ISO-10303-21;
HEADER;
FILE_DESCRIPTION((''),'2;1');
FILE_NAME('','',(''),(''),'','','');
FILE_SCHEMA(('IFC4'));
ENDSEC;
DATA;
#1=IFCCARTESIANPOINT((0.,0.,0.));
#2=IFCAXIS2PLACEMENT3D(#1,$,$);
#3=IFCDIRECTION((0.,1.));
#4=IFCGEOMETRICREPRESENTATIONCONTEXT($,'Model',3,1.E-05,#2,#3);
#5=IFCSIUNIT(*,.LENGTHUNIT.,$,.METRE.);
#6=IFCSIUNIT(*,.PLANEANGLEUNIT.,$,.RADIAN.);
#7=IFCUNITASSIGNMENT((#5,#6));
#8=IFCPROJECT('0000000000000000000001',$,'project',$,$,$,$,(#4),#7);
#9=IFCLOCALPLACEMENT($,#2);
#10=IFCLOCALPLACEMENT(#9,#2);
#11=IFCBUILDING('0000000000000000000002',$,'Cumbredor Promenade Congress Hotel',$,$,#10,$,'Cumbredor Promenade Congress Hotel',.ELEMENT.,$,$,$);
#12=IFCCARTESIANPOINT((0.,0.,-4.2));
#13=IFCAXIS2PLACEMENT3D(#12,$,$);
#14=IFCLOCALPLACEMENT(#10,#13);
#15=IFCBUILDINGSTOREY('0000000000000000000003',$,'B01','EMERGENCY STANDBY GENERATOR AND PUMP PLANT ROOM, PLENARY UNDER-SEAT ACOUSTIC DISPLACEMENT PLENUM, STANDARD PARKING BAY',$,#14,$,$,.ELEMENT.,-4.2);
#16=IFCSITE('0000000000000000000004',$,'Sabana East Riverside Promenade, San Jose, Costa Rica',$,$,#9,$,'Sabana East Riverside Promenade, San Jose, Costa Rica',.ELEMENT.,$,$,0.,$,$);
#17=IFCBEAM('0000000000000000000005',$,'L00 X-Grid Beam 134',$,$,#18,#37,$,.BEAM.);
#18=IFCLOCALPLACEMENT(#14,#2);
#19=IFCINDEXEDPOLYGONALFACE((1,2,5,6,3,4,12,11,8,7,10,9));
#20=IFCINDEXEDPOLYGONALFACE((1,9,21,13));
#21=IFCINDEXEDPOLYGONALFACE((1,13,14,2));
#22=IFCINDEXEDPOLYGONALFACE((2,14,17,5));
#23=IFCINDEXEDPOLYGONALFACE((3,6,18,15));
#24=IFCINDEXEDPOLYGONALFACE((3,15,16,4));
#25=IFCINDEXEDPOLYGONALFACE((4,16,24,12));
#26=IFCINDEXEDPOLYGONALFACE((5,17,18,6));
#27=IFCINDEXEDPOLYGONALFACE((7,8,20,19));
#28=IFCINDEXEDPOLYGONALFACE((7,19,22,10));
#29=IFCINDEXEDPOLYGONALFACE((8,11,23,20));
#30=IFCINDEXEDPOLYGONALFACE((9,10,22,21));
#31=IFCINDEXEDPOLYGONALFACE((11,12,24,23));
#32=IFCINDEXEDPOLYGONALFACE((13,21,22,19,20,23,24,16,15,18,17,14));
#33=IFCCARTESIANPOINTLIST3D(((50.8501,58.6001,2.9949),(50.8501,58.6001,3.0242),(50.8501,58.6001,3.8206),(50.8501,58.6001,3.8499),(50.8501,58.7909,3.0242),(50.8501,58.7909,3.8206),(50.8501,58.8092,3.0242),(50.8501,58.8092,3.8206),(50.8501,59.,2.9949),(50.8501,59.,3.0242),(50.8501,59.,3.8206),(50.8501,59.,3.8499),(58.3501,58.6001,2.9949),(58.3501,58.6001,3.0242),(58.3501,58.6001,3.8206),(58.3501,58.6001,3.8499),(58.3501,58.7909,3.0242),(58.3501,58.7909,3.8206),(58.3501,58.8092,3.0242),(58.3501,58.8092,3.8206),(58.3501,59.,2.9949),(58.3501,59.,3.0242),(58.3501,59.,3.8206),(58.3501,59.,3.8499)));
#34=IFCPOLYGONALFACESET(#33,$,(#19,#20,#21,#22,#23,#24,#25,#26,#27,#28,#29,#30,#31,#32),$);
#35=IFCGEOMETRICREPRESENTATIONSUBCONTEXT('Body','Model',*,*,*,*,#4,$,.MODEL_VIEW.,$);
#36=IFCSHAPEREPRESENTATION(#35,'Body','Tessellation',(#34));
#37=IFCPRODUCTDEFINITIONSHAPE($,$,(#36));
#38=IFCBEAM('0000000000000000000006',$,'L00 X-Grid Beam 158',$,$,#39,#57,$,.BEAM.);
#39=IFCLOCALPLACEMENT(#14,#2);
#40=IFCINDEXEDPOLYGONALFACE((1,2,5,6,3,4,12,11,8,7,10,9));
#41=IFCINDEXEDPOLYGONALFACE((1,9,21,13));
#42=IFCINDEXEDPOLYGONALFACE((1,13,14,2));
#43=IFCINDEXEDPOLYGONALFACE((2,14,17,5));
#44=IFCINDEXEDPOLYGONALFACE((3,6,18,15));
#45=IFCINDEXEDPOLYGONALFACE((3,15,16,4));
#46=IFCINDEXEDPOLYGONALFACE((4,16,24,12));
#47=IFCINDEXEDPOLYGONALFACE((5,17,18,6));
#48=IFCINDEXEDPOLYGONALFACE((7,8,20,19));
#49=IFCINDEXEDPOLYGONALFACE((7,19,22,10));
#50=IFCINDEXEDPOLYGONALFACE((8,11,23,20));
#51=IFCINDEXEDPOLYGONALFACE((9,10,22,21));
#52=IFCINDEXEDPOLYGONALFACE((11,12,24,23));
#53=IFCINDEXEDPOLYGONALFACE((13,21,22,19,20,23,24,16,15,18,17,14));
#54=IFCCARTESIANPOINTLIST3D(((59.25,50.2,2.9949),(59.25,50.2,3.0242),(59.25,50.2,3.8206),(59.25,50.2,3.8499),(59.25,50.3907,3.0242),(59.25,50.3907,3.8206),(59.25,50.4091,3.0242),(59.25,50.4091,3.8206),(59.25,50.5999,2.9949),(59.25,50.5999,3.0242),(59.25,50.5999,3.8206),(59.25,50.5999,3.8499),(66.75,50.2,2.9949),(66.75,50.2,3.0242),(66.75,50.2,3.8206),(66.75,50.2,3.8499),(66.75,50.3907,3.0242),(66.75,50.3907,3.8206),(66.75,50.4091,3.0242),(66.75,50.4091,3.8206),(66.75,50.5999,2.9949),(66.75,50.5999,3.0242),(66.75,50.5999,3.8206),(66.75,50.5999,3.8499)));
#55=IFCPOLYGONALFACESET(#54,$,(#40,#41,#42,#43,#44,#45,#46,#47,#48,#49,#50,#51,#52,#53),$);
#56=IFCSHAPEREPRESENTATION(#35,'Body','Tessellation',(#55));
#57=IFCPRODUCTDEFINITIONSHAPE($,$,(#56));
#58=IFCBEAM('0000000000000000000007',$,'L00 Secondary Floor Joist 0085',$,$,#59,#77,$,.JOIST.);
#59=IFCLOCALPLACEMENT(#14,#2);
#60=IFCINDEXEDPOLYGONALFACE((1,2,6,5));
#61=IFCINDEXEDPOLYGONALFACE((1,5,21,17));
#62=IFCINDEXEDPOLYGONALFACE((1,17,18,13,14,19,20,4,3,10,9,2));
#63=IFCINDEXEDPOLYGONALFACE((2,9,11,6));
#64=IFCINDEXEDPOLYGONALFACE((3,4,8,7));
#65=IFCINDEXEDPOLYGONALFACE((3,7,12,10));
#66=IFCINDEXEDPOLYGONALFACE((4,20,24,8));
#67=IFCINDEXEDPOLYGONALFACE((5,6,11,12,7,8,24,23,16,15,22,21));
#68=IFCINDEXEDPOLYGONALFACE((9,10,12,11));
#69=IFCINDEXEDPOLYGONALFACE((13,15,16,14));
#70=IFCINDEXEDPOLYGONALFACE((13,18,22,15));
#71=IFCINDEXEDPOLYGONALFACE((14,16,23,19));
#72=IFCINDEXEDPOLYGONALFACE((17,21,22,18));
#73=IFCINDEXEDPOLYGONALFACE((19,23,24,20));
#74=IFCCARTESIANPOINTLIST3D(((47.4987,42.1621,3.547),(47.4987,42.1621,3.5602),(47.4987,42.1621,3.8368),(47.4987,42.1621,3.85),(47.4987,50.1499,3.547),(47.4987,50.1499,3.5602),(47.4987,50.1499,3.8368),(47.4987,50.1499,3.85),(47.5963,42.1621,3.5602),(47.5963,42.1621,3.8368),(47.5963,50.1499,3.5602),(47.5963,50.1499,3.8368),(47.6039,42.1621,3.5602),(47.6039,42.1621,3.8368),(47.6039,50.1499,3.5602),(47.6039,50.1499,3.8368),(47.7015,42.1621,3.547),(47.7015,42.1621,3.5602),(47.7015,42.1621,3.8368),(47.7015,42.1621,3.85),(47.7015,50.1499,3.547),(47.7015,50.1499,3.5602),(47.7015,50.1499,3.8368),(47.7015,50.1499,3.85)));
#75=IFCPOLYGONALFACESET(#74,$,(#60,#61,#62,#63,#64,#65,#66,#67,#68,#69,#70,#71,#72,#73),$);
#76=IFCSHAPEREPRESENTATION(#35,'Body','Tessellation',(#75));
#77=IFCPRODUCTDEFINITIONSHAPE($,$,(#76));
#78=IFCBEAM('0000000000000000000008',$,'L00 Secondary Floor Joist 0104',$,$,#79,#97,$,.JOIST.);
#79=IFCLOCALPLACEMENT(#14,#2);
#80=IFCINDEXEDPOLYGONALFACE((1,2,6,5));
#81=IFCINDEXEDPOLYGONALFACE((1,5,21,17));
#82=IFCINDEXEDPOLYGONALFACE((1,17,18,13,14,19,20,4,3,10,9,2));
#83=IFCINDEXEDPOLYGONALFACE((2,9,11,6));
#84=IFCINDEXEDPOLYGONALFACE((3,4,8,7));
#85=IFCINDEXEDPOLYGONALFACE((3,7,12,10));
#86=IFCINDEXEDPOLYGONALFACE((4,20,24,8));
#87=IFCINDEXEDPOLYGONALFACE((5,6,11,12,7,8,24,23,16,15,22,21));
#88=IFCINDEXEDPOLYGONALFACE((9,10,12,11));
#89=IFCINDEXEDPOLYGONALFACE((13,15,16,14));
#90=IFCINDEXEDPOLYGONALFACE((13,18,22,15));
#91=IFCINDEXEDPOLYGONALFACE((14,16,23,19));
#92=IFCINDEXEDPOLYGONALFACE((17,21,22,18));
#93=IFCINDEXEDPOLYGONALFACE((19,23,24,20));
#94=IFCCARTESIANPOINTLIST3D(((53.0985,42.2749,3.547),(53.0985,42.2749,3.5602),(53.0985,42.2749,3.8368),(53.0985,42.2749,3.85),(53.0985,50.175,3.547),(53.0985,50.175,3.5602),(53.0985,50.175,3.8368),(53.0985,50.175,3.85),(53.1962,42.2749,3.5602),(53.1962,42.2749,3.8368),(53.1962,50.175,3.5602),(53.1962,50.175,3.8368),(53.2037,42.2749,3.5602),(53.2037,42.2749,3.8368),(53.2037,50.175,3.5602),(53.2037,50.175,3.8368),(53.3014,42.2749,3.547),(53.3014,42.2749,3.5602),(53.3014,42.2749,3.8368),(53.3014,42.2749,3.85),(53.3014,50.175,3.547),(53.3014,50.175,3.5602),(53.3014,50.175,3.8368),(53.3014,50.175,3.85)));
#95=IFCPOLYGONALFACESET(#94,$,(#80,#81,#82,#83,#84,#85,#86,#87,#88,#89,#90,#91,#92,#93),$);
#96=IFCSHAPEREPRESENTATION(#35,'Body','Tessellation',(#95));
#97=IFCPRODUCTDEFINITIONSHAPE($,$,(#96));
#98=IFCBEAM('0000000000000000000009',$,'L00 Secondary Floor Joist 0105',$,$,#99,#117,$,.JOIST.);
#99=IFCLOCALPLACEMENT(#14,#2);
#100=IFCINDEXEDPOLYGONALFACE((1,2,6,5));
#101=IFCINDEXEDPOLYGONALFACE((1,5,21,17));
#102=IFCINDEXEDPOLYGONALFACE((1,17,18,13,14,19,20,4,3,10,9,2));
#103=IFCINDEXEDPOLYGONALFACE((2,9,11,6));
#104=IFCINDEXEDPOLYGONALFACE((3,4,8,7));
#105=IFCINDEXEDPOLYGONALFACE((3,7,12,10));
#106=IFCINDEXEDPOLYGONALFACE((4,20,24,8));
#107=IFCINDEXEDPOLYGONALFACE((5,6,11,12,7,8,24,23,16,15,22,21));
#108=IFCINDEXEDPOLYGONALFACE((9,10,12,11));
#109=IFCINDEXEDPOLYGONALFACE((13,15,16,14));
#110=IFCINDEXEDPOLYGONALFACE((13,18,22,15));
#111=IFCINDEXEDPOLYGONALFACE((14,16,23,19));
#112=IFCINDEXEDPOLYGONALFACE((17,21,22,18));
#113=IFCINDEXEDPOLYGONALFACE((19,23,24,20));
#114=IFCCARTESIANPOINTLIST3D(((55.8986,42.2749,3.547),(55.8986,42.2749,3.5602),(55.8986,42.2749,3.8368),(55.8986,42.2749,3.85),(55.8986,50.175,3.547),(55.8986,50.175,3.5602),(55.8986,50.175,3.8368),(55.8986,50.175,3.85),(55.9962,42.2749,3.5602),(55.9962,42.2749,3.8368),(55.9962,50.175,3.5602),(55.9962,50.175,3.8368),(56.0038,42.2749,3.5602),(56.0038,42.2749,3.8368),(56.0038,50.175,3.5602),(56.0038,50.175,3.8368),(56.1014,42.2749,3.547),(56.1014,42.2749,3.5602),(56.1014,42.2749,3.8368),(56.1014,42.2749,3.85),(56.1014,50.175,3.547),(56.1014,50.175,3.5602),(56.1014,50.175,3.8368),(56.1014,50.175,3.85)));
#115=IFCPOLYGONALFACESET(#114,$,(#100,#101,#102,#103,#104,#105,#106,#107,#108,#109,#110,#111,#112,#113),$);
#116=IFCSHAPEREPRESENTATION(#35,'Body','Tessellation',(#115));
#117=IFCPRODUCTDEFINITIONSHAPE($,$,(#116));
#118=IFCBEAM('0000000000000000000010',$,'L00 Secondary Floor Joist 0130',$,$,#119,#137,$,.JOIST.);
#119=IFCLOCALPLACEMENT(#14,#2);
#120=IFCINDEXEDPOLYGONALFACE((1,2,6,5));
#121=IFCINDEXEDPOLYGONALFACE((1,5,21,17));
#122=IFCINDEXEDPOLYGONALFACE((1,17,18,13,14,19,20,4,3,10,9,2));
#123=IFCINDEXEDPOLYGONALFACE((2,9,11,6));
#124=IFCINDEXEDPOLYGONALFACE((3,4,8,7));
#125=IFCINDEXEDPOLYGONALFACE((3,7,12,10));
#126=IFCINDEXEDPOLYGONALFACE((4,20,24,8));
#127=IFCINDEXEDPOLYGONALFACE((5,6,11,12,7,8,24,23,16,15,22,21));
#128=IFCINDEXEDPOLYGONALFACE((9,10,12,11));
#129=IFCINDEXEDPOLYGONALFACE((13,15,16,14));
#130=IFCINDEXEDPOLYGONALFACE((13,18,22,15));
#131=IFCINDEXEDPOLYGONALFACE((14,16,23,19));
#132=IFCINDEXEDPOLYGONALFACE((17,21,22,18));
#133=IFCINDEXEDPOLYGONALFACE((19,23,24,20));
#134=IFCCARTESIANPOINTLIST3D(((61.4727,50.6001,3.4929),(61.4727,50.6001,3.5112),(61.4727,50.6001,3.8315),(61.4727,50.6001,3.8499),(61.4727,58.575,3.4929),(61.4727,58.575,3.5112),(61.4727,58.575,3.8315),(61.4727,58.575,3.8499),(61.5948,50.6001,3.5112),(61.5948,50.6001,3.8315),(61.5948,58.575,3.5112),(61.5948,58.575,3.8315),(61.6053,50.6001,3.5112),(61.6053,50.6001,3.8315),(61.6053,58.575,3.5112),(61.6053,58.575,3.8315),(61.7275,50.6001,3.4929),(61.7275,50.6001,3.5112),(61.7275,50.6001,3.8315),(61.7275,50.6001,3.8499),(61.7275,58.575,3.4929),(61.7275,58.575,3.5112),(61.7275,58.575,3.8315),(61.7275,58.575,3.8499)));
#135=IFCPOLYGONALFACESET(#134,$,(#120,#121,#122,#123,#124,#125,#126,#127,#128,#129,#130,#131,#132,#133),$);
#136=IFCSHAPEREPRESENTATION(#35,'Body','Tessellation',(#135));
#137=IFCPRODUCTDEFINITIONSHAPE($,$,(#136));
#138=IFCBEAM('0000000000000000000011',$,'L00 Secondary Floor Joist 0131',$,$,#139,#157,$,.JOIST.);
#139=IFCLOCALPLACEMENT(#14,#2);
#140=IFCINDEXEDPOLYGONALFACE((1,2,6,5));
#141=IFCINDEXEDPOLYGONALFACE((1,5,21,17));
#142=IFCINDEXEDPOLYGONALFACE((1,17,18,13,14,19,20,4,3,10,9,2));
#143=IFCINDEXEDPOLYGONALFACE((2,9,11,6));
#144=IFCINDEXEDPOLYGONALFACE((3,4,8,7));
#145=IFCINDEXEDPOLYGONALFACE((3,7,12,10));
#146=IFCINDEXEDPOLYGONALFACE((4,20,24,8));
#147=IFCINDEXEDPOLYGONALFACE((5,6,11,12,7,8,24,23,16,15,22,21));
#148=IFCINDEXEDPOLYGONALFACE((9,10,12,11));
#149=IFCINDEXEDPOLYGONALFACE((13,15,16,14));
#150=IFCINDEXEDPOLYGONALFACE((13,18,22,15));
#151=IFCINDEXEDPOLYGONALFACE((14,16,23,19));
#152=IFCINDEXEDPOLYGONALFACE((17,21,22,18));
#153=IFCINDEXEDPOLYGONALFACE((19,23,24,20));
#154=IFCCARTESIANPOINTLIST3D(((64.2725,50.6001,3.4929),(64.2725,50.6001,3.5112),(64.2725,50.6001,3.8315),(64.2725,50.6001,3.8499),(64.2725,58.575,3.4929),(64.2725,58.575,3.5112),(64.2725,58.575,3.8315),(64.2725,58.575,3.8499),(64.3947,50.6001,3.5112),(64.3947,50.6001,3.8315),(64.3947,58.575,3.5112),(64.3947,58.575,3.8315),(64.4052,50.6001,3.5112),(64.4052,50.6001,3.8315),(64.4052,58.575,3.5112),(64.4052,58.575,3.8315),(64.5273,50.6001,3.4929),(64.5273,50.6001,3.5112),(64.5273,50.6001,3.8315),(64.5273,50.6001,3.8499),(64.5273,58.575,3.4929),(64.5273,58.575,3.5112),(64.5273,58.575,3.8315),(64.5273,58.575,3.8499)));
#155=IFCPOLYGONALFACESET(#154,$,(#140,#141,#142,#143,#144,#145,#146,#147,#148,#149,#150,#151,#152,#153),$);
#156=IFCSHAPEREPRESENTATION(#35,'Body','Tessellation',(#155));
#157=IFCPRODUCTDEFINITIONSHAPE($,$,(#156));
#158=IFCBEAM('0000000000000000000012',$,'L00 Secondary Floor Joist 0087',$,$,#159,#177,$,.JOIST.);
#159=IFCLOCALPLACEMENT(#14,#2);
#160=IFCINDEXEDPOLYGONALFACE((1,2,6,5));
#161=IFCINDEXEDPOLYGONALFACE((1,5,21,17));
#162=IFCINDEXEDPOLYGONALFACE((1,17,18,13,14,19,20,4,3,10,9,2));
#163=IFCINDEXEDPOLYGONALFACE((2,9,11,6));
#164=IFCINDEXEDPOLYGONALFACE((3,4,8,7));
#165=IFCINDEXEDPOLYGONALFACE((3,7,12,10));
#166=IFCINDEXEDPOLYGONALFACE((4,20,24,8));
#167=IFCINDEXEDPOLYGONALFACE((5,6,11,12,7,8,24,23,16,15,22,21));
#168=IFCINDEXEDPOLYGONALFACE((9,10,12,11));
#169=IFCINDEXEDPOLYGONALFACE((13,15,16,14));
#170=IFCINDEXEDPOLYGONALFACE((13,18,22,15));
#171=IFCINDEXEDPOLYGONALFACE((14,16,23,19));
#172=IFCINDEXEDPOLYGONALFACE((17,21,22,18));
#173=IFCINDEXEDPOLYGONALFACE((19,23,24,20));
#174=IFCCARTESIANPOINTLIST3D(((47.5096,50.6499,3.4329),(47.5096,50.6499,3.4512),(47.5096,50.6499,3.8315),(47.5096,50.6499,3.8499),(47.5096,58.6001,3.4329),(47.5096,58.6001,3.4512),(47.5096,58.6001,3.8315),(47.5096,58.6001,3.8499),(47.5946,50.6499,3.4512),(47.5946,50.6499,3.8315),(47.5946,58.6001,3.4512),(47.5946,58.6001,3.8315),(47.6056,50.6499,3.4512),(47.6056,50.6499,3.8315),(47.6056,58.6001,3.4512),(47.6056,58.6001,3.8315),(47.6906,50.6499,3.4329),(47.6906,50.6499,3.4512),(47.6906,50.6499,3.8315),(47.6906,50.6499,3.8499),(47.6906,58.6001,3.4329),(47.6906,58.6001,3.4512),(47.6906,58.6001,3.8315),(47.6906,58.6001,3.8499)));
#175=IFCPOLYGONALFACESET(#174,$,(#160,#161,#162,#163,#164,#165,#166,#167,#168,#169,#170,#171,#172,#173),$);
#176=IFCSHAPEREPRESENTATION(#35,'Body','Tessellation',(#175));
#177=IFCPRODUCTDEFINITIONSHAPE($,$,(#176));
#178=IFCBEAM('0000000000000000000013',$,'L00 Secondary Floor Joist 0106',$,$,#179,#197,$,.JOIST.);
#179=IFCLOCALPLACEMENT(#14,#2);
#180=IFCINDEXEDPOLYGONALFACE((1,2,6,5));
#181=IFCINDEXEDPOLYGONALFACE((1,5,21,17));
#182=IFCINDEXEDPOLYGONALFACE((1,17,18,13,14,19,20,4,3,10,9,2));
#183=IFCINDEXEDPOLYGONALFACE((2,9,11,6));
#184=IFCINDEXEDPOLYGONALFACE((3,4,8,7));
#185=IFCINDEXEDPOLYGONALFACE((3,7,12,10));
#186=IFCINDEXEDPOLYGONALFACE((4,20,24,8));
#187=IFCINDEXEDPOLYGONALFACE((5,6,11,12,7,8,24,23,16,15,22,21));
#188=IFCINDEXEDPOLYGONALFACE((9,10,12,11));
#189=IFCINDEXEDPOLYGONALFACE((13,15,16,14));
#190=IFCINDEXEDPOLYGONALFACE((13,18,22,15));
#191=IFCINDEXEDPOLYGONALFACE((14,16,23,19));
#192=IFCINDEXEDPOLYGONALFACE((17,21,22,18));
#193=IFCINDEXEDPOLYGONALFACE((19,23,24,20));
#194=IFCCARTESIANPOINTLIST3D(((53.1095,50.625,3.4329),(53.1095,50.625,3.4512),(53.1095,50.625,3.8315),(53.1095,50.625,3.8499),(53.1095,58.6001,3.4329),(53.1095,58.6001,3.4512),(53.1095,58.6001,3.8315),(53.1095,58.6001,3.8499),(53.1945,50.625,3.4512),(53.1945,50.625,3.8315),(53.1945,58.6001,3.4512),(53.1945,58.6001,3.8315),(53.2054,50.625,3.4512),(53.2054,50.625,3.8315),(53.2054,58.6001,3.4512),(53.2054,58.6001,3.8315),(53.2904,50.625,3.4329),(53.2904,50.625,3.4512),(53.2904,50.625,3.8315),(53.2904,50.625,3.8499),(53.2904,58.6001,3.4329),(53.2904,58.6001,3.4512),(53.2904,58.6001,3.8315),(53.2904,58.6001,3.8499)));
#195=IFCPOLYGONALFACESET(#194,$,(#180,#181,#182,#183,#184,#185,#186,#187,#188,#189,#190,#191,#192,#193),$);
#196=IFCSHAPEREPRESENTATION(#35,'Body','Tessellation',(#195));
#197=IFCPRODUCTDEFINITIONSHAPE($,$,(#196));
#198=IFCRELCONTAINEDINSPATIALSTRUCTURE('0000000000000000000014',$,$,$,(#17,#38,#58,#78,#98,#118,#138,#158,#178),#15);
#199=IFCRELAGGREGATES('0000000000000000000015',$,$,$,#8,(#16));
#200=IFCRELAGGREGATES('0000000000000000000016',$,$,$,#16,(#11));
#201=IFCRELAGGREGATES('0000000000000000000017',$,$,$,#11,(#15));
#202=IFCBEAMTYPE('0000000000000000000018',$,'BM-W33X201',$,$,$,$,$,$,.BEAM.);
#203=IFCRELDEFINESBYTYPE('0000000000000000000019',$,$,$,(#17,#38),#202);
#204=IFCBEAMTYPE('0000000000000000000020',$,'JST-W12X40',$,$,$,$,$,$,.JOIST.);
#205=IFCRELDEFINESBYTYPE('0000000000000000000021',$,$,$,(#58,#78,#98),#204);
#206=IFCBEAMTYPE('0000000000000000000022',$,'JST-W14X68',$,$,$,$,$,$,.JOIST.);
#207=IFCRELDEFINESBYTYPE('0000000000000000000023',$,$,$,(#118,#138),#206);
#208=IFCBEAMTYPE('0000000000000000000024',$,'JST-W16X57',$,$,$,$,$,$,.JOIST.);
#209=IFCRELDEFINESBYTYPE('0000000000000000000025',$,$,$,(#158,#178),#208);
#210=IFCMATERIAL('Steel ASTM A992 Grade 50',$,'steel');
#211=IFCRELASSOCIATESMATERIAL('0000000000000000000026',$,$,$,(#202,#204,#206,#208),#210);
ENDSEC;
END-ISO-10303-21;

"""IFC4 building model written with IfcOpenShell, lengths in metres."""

from ifc_helpers import new_model, si_unit, direction, frame, origin, origin_2d, place, context, subcontext, project, spatial, i_section, extrude, material, material_profile, profile_set, type_object, element, save


model = new_model("IFC4")

# Units and contexts
model_context = context("Model", 3, precision=1e-05, world=origin(), true_north=direction((0.0, 1.0)))
body_context = subcontext(model_context, "Body", "Model", "MODEL_VIEW")
ifc_project = project(units=[si_unit("LENGTHUNIT", "METRE"), si_unit("PLANEANGLEUNIT", "RADIAN")], contexts=[model_context])

# Site, building, storey
site_placement = place(None, origin())
site = spatial("IfcSite", under=ifc_project, at=site_placement, Name="Sabana East Riverside Promenade, San Jose, Costa Rica", LongName="Sabana East Riverside Promenade, San Jose, Costa Rica", CompositionType="ELEMENT", RefElevation=0.0)
building_placement = place(site_placement, origin())
building = spatial("IfcBuilding", under=site, at=building_placement, Name="Cumbredor Promenade Congress Hotel", LongName="Cumbredor Promenade Congress Hotel", CompositionType="ELEMENT")
storey_placement = place(building_placement, frame((0.0, 0.0, -4.2)))
storey = spatial("IfcBuildingStorey", under=building, at=storey_placement, Name="B01", Description="EMERGENCY STANDBY GENERATOR AND PUMP PLANT ROOM, PLENARY UNDER-SEAT ACOUSTIC DISPLACEMENT PLENUM, STANDARD PARKING BAY", CompositionType="ELEMENT", Elevation=-4.2)

# Beams
ifc_material_1 = material(Name="Steel ASTM A992 Grade 50", Category="steel")
ifc_material_profile_1 = material_profile(ifc_material_1, i_section(OverallWidth=0.3999, OverallDepth=0.855, WebThickness=0.0183, FlangeThickness=0.0293, at=origin_2d()), Name="W33X201")
ifc_profile_set_1 = profile_set([ifc_material_profile_1], Name="Steel ASTM A992 Grade 50")
beam_type_1 = type_object("IfcBeamType", Name="BM-W33X201", PredefinedType="BEAM", material=ifc_profile_set_1)
for number, where, z_axis, x_axis, name in (
    (1, (50.8501, 58.8, 3.4224), (1.0, 0.0, 0.0), (0.0, 1.0, 0.0), "L00 X-Grid Beam 134"),
    (2, (59.25, 50.3999, 3.4224), (1.0, 0.0, 0.0), (0.0, 1.0, 0.0), "L00 X-Grid Beam 158"),
):
    element("IfcBeam", number, at=place(storey_placement, frame(where, z_axis=z_axis, x_axis=x_axis)), inside=storey, type_object=beam_type_1, Name=name, PredefinedType="BEAM", context=body_context, shape_type="SweptSolid", body=[
        extrude(i_section(OverallWidth=0.3999, OverallDepth=0.855, WebThickness=0.0183, FlangeThickness=0.0293, at=origin_2d()), origin(), (0.0, 0.0, 1.0), 7.5),
    ])
ifc_material_profile_2 = material_profile(ifc_material_1, i_section(OverallWidth=0.2029, OverallDepth=0.303, WebThickness=0.0076, FlangeThickness=0.0132, at=origin_2d()), Name="W12X40")
ifc_profile_set_2 = profile_set([ifc_material_profile_2], Name="Steel ASTM A992 Grade 50")
beam_type_2 = type_object("IfcBeamType", Name="JST-W12X40", PredefinedType="JOIST", material=ifc_profile_set_2)
beam_1_placement = place(storey_placement, frame((47.6001, 42.1621, 3.6985), z_axis=(0.0, 1.0, 0.0), x_axis=(-1.0, 0.0, 0.0)))
element("IfcBeam", 3, at=beam_1_placement, inside=storey, type_object=beam_type_2, Name="L00 Secondary Floor Joist 0085", PredefinedType="JOIST", context=body_context, shape_type="SweptSolid", body=[
    extrude(i_section(OverallWidth=0.2029, OverallDepth=0.303, WebThickness=0.0076, FlangeThickness=0.0132, at=origin_2d()), origin(), (0.0, 0.0, 1.0), 7.9878),
])
for number, where, z_axis, x_axis, name in (
    (4, (53.2, 42.2749, 3.6985), (0.0, 1.0, 0.0), (-1.0, 0.0, 0.0), "L00 Secondary Floor Joist 0104"),
    (5, (56.0, 42.2749, 3.6985), (0.0, 1.0, 0.0), (-1.0, 0.0, 0.0), "L00 Secondary Floor Joist 0105"),
):
    element("IfcBeam", number, at=place(storey_placement, frame(where, z_axis=z_axis, x_axis=x_axis)), inside=storey, type_object=beam_type_2, Name=name, PredefinedType="JOIST", context=body_context, shape_type="SweptSolid", body=[
        extrude(i_section(OverallWidth=0.2029, OverallDepth=0.303, WebThickness=0.0076, FlangeThickness=0.0132, at=origin_2d()), origin(), (0.0, 0.0, 1.0), 7.9001),
    ])
ifc_material_profile_3 = material_profile(ifc_material_1, i_section(OverallWidth=0.2549, OverallDepth=0.3569, WebThickness=0.0105, FlangeThickness=0.0183, at=origin_2d()), Name="W14X68")
ifc_profile_set_3 = profile_set([ifc_material_profile_3], Name="Steel ASTM A992 Grade 50")
beam_type_3 = type_object("IfcBeamType", Name="JST-W14X68", PredefinedType="JOIST", material=ifc_profile_set_3)
for number, where, z_axis, x_axis, name in (
    (6, (61.6001, 50.6001, 3.6714), (0.0, 1.0, 0.0), (-1.0, 0.0, 0.0), "L00 Secondary Floor Joist 0130"),
    (7, (64.3999, 50.6001, 3.6714), (0.0, 1.0, 0.0), (-1.0, 0.0, 0.0), "L00 Secondary Floor Joist 0131"),
):
    element("IfcBeam", number, at=place(storey_placement, frame(where, z_axis=z_axis, x_axis=x_axis)), inside=storey, type_object=beam_type_3, Name=name, PredefinedType="JOIST", context=body_context, shape_type="SweptSolid", body=[
        extrude(i_section(OverallWidth=0.2549, OverallDepth=0.3569, WebThickness=0.0105, FlangeThickness=0.0183, at=origin_2d()), origin(), (0.0, 0.0, 1.0), 7.9749),
    ])
ifc_material_profile_4 = material_profile(ifc_material_1, i_section(OverallWidth=0.1809, OverallDepth=0.417, WebThickness=0.011, FlangeThickness=0.0183, at=origin_2d()), Name="W16X57")
ifc_profile_set_4 = profile_set([ifc_material_profile_4], Name="Steel ASTM A992 Grade 50")
beam_type_4 = type_object("IfcBeamType", Name="JST-W16X57", PredefinedType="JOIST", material=ifc_profile_set_4)
beam_2_placement = place(storey_placement, frame((47.6001, 50.6499, 3.6414), z_axis=(0.0, 1.0, 0.0), x_axis=(-1.0, 0.0, 0.0)))
element("IfcBeam", 8, at=beam_2_placement, inside=storey, type_object=beam_type_4, Name="L00 Secondary Floor Joist 0087", PredefinedType="JOIST", context=body_context, shape_type="SweptSolid", body=[
    extrude(i_section(OverallWidth=0.1809, OverallDepth=0.417, WebThickness=0.011, FlangeThickness=0.0183, at=origin_2d()), origin(), (0.0, 0.0, 1.0), 7.9502),
])
for number, where, z_axis, x_axis, name in (
    (9, (53.2, 50.625, 3.6414), (0.0, 1.0, 0.0), (-1.0, 0.0, 0.0), "L00 Secondary Floor Joist 0106"),
):
    element("IfcBeam", number, at=place(storey_placement, frame(where, z_axis=z_axis, x_axis=x_axis)), inside=storey, type_object=beam_type_4, Name=name, PredefinedType="JOIST", context=body_context, shape_type="SweptSolid", body=[
        extrude(i_section(OverallWidth=0.1809, OverallDepth=0.417, WebThickness=0.011, FlangeThickness=0.0183, at=origin_2d()), origin(), (0.0, 0.0, 1.0), 7.9751),
    ])

save(model, "model.ifc")
